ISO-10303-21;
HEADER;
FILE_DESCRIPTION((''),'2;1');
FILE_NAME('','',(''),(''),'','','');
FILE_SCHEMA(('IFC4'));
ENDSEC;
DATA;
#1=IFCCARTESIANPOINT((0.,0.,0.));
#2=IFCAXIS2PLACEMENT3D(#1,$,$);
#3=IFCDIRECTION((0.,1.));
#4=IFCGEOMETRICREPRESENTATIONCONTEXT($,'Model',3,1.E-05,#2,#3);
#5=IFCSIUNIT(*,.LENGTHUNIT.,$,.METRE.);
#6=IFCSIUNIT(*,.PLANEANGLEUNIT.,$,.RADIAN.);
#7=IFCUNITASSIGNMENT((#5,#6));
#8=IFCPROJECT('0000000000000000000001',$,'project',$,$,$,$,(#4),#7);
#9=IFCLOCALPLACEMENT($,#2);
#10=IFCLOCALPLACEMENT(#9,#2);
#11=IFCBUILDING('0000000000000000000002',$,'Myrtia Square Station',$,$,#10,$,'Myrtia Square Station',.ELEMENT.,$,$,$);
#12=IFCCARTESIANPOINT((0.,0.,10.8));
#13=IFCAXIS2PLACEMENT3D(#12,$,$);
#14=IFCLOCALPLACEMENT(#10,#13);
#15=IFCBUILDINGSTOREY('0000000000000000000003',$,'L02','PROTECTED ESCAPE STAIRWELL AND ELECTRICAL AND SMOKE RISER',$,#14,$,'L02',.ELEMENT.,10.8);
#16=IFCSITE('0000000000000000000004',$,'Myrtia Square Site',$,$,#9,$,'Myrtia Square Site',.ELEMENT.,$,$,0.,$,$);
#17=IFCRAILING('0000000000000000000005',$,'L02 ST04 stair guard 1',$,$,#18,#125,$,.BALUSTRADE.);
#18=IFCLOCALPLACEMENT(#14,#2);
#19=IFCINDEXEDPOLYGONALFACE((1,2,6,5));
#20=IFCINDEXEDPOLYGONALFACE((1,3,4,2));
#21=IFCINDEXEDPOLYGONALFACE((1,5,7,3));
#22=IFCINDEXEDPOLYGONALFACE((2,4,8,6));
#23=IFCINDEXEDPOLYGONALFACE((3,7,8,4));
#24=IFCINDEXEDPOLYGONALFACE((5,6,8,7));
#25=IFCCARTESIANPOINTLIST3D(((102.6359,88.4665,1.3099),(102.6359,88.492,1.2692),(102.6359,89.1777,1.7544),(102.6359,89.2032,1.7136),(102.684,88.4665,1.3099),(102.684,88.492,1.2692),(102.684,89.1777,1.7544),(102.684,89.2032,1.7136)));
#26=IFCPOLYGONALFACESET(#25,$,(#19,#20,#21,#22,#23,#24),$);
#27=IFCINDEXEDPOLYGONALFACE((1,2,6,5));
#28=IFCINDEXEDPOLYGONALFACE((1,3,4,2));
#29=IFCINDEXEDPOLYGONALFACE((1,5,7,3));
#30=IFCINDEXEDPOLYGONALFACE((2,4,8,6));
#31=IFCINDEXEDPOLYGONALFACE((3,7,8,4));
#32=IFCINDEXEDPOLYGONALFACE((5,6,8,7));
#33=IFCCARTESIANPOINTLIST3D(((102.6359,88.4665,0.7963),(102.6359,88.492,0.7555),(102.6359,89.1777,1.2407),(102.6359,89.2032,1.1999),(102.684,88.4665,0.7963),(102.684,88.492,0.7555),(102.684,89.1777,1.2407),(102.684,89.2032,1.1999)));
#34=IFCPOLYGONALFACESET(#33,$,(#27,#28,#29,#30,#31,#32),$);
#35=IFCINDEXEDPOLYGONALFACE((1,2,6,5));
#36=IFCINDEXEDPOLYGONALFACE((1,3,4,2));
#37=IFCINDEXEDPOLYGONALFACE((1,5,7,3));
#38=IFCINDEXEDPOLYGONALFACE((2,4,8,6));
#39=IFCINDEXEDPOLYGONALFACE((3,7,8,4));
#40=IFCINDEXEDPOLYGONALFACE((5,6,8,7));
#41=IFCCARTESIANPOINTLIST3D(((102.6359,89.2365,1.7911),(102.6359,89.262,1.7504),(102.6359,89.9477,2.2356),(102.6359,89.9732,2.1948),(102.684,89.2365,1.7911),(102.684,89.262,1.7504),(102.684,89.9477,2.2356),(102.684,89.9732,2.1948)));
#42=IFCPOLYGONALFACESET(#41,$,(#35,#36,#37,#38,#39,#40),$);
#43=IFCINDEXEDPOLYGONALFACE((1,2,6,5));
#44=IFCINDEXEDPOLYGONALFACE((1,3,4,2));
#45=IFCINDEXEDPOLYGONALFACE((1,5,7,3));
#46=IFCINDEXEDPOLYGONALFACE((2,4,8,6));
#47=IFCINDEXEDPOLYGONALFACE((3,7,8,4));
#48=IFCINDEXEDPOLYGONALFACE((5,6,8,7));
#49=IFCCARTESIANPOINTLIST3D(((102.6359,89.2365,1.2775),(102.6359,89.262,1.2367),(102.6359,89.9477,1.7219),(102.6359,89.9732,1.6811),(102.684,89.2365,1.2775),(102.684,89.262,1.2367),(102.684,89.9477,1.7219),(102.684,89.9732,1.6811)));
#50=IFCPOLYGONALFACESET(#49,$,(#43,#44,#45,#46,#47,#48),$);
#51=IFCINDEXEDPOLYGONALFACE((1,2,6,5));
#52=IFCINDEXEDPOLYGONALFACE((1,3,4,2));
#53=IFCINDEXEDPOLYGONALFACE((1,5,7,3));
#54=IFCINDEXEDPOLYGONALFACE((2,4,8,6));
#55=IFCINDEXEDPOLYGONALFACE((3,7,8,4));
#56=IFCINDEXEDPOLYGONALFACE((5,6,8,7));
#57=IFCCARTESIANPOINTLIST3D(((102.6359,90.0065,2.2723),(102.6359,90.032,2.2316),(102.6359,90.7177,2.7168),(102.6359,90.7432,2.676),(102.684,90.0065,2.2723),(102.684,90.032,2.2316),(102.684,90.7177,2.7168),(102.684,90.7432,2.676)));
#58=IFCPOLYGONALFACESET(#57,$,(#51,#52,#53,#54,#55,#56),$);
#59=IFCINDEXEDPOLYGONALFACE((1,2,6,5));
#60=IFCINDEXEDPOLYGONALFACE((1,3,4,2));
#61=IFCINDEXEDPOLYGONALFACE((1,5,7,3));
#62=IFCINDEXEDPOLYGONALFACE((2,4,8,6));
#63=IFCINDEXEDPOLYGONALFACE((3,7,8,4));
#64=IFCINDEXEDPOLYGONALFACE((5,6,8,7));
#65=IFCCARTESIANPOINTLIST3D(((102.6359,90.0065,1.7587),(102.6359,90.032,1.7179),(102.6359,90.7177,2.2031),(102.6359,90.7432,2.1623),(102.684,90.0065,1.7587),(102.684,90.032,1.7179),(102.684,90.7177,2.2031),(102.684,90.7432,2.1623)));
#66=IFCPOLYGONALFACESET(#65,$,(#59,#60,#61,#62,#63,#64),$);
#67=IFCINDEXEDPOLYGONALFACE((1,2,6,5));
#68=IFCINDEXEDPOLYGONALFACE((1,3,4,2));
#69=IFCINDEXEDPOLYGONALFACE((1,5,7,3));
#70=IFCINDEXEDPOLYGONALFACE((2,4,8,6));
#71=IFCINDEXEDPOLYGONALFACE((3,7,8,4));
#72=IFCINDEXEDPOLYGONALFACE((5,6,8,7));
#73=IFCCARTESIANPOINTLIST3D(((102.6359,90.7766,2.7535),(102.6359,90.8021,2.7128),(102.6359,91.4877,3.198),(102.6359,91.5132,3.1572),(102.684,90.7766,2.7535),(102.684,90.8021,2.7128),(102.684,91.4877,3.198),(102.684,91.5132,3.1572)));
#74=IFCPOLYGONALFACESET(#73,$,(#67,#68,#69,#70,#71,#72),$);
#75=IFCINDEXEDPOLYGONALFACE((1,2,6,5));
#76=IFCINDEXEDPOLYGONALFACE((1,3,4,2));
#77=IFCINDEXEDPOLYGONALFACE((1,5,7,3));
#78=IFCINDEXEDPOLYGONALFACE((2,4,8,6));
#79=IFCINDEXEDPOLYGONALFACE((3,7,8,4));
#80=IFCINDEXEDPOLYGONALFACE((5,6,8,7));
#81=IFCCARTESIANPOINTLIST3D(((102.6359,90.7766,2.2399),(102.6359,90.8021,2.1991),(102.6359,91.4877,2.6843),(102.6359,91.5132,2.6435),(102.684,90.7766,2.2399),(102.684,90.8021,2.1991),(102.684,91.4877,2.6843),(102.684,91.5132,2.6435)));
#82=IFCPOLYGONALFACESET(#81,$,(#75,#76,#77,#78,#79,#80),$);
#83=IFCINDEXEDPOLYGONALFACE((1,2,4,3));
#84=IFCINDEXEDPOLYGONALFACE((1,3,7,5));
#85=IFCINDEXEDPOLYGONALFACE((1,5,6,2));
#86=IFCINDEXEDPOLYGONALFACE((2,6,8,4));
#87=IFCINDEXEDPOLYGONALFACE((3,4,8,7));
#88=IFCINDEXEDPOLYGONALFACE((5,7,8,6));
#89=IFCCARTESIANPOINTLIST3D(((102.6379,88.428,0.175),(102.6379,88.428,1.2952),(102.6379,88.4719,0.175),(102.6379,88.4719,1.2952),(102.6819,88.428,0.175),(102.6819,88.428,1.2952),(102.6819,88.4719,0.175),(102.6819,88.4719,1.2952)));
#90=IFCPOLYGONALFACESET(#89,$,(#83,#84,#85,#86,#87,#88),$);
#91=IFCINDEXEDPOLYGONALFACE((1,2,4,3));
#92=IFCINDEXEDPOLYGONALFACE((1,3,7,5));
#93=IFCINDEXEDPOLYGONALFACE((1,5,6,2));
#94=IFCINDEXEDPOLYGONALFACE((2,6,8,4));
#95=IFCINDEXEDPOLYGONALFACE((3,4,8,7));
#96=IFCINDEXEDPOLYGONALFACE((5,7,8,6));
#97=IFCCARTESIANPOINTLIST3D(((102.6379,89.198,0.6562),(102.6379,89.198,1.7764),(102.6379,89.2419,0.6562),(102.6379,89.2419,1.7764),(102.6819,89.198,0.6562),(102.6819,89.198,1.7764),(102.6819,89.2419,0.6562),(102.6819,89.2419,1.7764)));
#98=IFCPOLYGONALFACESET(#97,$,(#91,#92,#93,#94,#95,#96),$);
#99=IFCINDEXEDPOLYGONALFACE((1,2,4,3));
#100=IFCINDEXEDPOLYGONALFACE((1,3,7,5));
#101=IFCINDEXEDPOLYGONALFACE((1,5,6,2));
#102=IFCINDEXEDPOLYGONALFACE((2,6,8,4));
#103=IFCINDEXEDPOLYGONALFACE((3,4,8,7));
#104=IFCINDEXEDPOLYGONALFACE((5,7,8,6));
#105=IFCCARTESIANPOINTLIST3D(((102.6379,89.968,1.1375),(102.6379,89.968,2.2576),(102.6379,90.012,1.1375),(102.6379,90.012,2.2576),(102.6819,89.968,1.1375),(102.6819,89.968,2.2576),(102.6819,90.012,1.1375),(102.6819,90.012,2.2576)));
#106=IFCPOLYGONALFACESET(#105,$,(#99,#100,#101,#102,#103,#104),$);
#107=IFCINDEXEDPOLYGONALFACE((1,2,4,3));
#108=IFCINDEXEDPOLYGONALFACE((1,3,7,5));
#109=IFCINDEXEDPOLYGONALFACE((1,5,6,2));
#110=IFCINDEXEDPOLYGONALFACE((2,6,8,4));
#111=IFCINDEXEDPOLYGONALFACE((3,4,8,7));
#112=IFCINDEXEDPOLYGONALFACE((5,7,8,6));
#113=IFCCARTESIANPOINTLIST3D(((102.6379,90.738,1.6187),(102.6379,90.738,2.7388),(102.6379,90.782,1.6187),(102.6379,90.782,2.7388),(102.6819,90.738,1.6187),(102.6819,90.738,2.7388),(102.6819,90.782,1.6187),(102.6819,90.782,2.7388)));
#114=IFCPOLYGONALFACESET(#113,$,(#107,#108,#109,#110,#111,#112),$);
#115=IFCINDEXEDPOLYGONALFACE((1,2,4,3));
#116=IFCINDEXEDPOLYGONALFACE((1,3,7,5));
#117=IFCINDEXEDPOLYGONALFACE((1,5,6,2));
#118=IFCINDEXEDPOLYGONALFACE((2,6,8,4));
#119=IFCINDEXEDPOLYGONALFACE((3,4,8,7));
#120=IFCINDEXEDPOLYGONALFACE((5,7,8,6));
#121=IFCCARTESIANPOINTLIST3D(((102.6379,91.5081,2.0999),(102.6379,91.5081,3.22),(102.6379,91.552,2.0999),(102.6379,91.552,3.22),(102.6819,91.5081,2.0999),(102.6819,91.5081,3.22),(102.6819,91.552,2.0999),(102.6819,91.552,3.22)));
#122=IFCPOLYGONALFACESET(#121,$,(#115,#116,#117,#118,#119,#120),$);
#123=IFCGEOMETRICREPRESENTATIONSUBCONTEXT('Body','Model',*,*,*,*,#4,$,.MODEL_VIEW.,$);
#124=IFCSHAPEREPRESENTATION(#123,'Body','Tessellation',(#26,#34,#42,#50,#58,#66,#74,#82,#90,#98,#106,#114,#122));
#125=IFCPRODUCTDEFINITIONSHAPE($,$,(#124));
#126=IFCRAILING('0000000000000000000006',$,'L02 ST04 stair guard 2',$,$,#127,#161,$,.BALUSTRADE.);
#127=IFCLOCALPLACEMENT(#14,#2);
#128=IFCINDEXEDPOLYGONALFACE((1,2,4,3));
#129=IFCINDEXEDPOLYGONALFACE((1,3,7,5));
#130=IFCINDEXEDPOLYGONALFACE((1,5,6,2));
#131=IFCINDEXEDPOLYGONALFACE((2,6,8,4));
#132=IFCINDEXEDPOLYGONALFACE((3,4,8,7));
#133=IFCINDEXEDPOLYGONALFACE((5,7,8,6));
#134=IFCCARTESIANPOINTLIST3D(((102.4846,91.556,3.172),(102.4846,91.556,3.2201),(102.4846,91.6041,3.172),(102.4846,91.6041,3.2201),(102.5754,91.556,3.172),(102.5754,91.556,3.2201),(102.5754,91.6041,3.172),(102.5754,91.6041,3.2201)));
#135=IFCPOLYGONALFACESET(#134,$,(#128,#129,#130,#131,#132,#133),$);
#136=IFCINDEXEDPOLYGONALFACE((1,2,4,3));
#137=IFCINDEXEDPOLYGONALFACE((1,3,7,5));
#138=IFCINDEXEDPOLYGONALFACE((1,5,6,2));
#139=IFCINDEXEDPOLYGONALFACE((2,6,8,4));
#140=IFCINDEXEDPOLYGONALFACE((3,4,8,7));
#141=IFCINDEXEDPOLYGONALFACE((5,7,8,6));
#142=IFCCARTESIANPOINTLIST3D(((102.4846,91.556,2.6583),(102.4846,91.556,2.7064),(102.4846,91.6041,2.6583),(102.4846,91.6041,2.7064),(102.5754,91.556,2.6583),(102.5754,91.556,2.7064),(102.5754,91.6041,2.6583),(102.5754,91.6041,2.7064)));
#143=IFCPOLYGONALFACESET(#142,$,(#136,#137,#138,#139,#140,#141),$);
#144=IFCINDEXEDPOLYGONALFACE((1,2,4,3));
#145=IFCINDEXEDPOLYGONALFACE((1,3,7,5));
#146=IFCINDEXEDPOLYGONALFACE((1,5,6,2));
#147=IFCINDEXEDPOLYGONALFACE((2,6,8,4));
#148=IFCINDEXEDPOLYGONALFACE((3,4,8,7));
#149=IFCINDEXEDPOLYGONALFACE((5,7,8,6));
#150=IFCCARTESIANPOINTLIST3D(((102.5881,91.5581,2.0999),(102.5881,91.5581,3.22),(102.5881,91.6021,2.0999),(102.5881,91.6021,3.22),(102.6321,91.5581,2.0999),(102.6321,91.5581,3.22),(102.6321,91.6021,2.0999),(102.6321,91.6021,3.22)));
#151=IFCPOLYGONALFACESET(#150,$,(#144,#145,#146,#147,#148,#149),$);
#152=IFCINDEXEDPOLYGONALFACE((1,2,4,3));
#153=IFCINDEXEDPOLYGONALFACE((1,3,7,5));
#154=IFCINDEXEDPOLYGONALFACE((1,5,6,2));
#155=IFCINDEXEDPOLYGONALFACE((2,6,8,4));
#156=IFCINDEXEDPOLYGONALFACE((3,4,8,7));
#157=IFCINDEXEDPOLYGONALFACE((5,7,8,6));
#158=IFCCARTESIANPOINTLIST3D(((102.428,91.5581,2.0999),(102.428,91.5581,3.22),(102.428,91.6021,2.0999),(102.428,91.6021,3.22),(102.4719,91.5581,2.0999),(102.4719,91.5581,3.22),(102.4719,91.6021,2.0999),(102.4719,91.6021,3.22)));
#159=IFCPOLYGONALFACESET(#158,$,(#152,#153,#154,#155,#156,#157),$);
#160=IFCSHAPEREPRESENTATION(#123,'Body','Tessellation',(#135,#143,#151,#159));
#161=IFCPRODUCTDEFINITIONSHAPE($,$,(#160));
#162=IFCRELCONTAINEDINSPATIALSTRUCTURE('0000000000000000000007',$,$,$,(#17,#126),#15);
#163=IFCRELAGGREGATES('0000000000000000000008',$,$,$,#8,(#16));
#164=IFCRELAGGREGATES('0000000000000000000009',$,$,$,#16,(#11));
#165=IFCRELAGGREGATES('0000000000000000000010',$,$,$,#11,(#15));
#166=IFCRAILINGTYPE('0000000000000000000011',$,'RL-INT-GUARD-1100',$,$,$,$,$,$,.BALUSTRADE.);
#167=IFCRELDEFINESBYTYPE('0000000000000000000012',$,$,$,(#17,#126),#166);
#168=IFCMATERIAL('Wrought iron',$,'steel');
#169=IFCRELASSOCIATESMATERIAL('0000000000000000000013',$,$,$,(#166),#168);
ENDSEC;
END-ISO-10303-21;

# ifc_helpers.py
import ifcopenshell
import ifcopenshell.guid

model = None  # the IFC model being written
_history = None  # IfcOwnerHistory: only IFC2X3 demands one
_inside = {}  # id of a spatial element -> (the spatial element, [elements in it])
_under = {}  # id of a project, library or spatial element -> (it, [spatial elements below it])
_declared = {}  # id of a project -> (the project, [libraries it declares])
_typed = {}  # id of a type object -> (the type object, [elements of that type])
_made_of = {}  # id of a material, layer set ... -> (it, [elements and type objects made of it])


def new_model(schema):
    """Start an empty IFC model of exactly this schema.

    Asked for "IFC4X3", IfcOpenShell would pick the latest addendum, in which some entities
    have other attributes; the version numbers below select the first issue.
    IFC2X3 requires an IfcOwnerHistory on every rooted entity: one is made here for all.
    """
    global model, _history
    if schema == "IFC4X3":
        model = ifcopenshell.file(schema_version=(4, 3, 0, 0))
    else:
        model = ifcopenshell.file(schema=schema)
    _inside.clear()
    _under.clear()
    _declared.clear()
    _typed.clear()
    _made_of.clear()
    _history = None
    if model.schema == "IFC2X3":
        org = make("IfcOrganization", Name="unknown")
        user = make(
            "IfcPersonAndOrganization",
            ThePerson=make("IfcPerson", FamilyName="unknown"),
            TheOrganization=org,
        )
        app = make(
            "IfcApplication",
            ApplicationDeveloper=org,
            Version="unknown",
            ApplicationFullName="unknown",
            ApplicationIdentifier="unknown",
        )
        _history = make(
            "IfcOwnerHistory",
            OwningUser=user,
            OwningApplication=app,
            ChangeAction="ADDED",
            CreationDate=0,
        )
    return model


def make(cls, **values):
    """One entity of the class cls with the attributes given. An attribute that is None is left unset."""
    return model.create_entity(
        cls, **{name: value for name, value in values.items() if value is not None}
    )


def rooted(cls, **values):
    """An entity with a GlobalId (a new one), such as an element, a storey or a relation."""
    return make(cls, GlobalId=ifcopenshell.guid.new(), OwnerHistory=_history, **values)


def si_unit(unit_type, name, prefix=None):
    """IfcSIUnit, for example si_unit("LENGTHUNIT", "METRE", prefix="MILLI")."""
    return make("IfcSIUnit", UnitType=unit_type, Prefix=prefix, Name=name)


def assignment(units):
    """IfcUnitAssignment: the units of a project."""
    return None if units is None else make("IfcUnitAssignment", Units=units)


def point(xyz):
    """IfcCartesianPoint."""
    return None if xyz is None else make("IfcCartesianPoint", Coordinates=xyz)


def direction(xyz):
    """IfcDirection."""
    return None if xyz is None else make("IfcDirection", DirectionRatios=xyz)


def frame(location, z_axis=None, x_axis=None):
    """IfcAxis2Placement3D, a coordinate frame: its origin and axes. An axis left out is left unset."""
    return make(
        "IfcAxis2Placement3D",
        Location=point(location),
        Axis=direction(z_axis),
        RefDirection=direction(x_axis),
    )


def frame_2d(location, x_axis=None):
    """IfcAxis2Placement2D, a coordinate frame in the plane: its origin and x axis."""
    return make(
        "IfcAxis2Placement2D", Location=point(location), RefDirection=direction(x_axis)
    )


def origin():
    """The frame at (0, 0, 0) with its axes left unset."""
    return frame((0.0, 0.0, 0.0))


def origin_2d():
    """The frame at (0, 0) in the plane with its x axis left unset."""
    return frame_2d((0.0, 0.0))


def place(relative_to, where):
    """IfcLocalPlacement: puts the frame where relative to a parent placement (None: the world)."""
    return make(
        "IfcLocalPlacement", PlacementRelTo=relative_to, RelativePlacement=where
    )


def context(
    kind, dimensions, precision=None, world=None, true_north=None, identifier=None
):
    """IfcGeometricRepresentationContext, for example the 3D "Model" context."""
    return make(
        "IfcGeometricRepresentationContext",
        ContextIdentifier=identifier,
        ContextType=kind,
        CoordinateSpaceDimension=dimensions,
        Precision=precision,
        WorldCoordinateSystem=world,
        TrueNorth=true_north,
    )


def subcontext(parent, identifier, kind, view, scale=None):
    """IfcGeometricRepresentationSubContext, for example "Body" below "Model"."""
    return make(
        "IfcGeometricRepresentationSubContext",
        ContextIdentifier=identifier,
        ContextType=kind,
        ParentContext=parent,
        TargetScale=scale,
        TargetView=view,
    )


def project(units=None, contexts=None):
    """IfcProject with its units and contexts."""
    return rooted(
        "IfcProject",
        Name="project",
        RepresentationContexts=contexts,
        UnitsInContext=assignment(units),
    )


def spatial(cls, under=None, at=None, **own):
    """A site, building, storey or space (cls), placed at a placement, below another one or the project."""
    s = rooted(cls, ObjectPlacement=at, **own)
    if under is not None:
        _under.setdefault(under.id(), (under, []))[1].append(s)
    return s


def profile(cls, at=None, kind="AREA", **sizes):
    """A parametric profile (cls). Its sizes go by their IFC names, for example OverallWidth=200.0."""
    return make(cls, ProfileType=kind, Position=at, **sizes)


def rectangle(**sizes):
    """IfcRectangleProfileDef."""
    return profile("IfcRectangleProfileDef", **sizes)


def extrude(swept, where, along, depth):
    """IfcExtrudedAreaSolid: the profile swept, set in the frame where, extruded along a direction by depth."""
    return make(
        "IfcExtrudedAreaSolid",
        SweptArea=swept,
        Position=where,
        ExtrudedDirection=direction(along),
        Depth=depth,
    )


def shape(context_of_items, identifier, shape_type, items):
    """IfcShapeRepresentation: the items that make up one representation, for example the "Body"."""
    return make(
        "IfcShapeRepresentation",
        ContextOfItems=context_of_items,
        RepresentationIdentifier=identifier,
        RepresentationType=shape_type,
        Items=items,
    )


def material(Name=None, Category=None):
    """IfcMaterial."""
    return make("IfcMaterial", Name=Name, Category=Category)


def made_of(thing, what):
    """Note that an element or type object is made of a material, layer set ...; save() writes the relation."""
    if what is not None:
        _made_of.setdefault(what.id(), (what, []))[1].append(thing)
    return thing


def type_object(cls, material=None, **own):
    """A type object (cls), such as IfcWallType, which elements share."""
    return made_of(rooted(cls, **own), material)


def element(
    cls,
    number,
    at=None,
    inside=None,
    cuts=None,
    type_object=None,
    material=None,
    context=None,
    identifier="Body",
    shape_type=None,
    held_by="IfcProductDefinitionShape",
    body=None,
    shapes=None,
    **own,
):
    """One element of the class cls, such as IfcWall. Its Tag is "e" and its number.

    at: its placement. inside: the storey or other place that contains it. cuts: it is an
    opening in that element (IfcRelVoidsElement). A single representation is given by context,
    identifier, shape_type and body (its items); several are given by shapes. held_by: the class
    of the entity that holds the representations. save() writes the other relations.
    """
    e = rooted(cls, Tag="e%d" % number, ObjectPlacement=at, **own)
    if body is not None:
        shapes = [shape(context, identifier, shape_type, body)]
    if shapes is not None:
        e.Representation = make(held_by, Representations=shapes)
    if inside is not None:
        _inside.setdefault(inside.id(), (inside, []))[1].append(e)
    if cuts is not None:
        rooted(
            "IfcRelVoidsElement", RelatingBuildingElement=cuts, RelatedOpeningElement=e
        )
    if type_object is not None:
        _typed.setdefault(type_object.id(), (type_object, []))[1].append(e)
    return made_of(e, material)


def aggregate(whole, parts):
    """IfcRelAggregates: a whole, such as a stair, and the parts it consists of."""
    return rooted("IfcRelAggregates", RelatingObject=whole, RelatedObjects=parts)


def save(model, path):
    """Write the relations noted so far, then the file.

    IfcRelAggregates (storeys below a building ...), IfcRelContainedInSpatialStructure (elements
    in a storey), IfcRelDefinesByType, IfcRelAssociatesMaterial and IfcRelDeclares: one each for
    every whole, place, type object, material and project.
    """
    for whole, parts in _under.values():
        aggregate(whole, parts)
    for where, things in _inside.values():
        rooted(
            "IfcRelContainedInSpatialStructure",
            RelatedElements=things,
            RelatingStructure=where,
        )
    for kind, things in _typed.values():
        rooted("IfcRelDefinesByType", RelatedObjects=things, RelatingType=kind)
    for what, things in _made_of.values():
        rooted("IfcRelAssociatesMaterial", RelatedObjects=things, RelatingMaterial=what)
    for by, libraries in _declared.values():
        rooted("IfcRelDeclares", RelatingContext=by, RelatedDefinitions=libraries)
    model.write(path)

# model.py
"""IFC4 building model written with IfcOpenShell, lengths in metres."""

from ifc_helpers import new_model, si_unit, direction, frame, origin, origin_2d, place, context, subcontext, project, spatial, rectangle, extrude, material, type_object, element, save


model = new_model("IFC4")

# Units and contexts
model_context = context("Model", 3, precision=1e-05, world=origin(), true_north=direction((0.0, 1.0)))
body_context = subcontext(model_context, "Body", "Model", "MODEL_VIEW")
ifc_project = project(units=[si_unit("LENGTHUNIT", "METRE"), si_unit("PLANEANGLEUNIT", "RADIAN")], contexts=[model_context])

# Site, building, storey
site_placement = place(None, origin())
site = spatial("IfcSite", under=ifc_project, at=site_placement, Name="Myrtia Square Site", LongName="Myrtia Square Site", CompositionType="ELEMENT", RefElevation=0.0)
building_placement = place(site_placement, origin())
building = spatial("IfcBuilding", under=site, at=building_placement, Name="Myrtia Square Station", LongName="Myrtia Square Station", CompositionType="ELEMENT")
storey_placement = place(building_placement, frame((0.0, 0.0, 10.8)))
storey = spatial("IfcBuildingStorey", under=building, at=storey_placement, Name="L02", Description="PROTECTED ESCAPE STAIRWELL AND ELECTRICAL AND SMOKE RISER", LongName="L02", CompositionType="ELEMENT", Elevation=10.8)

# Railings
ifc_material_1 = material(Name="Wrought iron", Category="steel")
railing_type_1 = type_object("IfcRailingType", Name="RL-INT-GUARD-1100", PredefinedType="BALUSTRADE", material=ifc_material_1)
railing_1_placement = place(storey_placement, frame((102.6599, 88.45, 0.175)))
element("IfcRailing", 1, at=railing_1_placement, inside=storey, type_object=railing_type_1, Name="L02 ST04 stair guard 1", PredefinedType="BALUSTRADE", context=body_context, shape_type="SweptSolid", body=[
    extrude(rectangle(XDim=0.0481, YDim=0.0481, at=origin_2d()), frame((0.0, 0.0293, 1.1145), z_axis=(0.0, 0.848029, 0.529951), x_axis=(-1.0, 0.0, 0.0)), (0.0, 0.0, 1.0), 0.8386),
    extrude(rectangle(XDim=0.0481, YDim=0.0481, at=origin_2d()), frame((0.0, 0.0293, 0.6008), z_axis=(0.0, 0.848029, 0.529951), x_axis=(-1.0, 0.0, 0.0)), (0.0, 0.0, 1.0), 0.8386),
    extrude(rectangle(XDim=0.0481, YDim=0.0481, at=origin_2d()), frame((0.0, 0.7993, 1.5957), z_axis=(0.0, 0.848029, 0.529951), x_axis=(-1.0, 0.0, 0.0)), (0.0, 0.0, 1.0), 0.8386),
    extrude(rectangle(XDim=0.0481, YDim=0.0481, at=origin_2d()), frame((0.0, 0.7993, 1.082), z_axis=(0.0, 0.848029, 0.529951), x_axis=(-1.0, 0.0, 0.0)), (0.0, 0.0, 1.0), 0.8386),
    extrude(rectangle(XDim=0.0481, YDim=0.0481, at=origin_2d()), frame((0.0, 1.5693, 2.0769), z_axis=(0.0, 0.848029, 0.529951), x_axis=(-1.0, 0.0, 0.0)), (0.0, 0.0, 1.0), 0.8386),
    extrude(rectangle(XDim=0.0481, YDim=0.0481, at=origin_2d()), frame((0.0, 1.5693, 1.5632), z_axis=(0.0, 0.848029, 0.529951), x_axis=(-1.0, 0.0, 0.0)), (0.0, 0.0, 1.0), 0.8386),
    extrude(rectangle(XDim=0.0481, YDim=0.0481, at=origin_2d()), frame((0.0, 2.3394, 2.5581), z_axis=(0.0, 0.848029, 0.529951), x_axis=(-1.0, 0.0, 0.0)), (0.0, 0.0, 1.0), 0.8386),
    extrude(rectangle(XDim=0.0481, YDim=0.0481, at=origin_2d()), frame((0.0, 2.3394, 2.0444), z_axis=(0.0, 0.848029, 0.529951), x_axis=(-1.0, 0.0, 0.0)), (0.0, 0.0, 1.0), 0.8386),
    extrude(rectangle(XDim=0.0439, YDim=0.0439, at=origin_2d()), origin(), (0.0, 0.0, 1.0), 1.1201),
    extrude(rectangle(XDim=0.0439, YDim=0.0439, at=origin_2d()), frame((0.0, 0.77, 0.4812)), (0.0, 0.0, 1.0), 1.1201),
    extrude(rectangle(XDim=0.0439, YDim=0.0439, at=origin_2d()), frame((0.0, 1.54, 0.9624)), (0.0, 0.0, 1.0), 1.1201),
    extrude(rectangle(XDim=0.0439, YDim=0.0439, at=origin_2d()), frame((0.0, 2.3101, 1.4436)), (0.0, 0.0, 1.0), 1.1201),
    extrude(rectangle(XDim=0.0439, YDim=0.0439, at=origin_2d()), frame((0.0, 3.0801, 1.9248)), (0.0, 0.0, 1.0), 1.1201),
])
railing_2_placement = place(storey_placement, frame((102.6101, 91.5801, 2.0999)))
element("IfcRailing", 2, at=railing_2_placement, inside=storey, type_object=railing_type_1, Name="L02 ST04 stair guard 2", PredefinedType="BALUSTRADE", context=body_context, shape_type="SweptSolid", body=[
    extrude(rectangle(XDim=0.0481, YDim=0.0481, at=origin_2d()), frame((-0.0347, 0.0, 1.0962), z_axis=(-1.0, 0.0, 0.0), x_axis=(0.0, -1.0, 0.0)), (0.0, 0.0, 1.0), 0.0908),
    extrude(rectangle(XDim=0.0481, YDim=0.0481, at=origin_2d()), frame((-0.0347, 0.0, 0.5825), z_axis=(-1.0, 0.0, 0.0), x_axis=(0.0, -1.0, 0.0)), (0.0, 0.0, 1.0), 0.0908),
    extrude(rectangle(XDim=0.0439, YDim=0.0439, at=origin_2d()), origin(), (0.0, 0.0, 1.0), 1.1201),
    extrude(rectangle(XDim=0.0439, YDim=0.0439, at=origin_2d()), frame((-0.1602, 0.0, 0.0)), (0.0, 0.0, 1.0), 1.1201),
])

save(model, "model.ifc")
